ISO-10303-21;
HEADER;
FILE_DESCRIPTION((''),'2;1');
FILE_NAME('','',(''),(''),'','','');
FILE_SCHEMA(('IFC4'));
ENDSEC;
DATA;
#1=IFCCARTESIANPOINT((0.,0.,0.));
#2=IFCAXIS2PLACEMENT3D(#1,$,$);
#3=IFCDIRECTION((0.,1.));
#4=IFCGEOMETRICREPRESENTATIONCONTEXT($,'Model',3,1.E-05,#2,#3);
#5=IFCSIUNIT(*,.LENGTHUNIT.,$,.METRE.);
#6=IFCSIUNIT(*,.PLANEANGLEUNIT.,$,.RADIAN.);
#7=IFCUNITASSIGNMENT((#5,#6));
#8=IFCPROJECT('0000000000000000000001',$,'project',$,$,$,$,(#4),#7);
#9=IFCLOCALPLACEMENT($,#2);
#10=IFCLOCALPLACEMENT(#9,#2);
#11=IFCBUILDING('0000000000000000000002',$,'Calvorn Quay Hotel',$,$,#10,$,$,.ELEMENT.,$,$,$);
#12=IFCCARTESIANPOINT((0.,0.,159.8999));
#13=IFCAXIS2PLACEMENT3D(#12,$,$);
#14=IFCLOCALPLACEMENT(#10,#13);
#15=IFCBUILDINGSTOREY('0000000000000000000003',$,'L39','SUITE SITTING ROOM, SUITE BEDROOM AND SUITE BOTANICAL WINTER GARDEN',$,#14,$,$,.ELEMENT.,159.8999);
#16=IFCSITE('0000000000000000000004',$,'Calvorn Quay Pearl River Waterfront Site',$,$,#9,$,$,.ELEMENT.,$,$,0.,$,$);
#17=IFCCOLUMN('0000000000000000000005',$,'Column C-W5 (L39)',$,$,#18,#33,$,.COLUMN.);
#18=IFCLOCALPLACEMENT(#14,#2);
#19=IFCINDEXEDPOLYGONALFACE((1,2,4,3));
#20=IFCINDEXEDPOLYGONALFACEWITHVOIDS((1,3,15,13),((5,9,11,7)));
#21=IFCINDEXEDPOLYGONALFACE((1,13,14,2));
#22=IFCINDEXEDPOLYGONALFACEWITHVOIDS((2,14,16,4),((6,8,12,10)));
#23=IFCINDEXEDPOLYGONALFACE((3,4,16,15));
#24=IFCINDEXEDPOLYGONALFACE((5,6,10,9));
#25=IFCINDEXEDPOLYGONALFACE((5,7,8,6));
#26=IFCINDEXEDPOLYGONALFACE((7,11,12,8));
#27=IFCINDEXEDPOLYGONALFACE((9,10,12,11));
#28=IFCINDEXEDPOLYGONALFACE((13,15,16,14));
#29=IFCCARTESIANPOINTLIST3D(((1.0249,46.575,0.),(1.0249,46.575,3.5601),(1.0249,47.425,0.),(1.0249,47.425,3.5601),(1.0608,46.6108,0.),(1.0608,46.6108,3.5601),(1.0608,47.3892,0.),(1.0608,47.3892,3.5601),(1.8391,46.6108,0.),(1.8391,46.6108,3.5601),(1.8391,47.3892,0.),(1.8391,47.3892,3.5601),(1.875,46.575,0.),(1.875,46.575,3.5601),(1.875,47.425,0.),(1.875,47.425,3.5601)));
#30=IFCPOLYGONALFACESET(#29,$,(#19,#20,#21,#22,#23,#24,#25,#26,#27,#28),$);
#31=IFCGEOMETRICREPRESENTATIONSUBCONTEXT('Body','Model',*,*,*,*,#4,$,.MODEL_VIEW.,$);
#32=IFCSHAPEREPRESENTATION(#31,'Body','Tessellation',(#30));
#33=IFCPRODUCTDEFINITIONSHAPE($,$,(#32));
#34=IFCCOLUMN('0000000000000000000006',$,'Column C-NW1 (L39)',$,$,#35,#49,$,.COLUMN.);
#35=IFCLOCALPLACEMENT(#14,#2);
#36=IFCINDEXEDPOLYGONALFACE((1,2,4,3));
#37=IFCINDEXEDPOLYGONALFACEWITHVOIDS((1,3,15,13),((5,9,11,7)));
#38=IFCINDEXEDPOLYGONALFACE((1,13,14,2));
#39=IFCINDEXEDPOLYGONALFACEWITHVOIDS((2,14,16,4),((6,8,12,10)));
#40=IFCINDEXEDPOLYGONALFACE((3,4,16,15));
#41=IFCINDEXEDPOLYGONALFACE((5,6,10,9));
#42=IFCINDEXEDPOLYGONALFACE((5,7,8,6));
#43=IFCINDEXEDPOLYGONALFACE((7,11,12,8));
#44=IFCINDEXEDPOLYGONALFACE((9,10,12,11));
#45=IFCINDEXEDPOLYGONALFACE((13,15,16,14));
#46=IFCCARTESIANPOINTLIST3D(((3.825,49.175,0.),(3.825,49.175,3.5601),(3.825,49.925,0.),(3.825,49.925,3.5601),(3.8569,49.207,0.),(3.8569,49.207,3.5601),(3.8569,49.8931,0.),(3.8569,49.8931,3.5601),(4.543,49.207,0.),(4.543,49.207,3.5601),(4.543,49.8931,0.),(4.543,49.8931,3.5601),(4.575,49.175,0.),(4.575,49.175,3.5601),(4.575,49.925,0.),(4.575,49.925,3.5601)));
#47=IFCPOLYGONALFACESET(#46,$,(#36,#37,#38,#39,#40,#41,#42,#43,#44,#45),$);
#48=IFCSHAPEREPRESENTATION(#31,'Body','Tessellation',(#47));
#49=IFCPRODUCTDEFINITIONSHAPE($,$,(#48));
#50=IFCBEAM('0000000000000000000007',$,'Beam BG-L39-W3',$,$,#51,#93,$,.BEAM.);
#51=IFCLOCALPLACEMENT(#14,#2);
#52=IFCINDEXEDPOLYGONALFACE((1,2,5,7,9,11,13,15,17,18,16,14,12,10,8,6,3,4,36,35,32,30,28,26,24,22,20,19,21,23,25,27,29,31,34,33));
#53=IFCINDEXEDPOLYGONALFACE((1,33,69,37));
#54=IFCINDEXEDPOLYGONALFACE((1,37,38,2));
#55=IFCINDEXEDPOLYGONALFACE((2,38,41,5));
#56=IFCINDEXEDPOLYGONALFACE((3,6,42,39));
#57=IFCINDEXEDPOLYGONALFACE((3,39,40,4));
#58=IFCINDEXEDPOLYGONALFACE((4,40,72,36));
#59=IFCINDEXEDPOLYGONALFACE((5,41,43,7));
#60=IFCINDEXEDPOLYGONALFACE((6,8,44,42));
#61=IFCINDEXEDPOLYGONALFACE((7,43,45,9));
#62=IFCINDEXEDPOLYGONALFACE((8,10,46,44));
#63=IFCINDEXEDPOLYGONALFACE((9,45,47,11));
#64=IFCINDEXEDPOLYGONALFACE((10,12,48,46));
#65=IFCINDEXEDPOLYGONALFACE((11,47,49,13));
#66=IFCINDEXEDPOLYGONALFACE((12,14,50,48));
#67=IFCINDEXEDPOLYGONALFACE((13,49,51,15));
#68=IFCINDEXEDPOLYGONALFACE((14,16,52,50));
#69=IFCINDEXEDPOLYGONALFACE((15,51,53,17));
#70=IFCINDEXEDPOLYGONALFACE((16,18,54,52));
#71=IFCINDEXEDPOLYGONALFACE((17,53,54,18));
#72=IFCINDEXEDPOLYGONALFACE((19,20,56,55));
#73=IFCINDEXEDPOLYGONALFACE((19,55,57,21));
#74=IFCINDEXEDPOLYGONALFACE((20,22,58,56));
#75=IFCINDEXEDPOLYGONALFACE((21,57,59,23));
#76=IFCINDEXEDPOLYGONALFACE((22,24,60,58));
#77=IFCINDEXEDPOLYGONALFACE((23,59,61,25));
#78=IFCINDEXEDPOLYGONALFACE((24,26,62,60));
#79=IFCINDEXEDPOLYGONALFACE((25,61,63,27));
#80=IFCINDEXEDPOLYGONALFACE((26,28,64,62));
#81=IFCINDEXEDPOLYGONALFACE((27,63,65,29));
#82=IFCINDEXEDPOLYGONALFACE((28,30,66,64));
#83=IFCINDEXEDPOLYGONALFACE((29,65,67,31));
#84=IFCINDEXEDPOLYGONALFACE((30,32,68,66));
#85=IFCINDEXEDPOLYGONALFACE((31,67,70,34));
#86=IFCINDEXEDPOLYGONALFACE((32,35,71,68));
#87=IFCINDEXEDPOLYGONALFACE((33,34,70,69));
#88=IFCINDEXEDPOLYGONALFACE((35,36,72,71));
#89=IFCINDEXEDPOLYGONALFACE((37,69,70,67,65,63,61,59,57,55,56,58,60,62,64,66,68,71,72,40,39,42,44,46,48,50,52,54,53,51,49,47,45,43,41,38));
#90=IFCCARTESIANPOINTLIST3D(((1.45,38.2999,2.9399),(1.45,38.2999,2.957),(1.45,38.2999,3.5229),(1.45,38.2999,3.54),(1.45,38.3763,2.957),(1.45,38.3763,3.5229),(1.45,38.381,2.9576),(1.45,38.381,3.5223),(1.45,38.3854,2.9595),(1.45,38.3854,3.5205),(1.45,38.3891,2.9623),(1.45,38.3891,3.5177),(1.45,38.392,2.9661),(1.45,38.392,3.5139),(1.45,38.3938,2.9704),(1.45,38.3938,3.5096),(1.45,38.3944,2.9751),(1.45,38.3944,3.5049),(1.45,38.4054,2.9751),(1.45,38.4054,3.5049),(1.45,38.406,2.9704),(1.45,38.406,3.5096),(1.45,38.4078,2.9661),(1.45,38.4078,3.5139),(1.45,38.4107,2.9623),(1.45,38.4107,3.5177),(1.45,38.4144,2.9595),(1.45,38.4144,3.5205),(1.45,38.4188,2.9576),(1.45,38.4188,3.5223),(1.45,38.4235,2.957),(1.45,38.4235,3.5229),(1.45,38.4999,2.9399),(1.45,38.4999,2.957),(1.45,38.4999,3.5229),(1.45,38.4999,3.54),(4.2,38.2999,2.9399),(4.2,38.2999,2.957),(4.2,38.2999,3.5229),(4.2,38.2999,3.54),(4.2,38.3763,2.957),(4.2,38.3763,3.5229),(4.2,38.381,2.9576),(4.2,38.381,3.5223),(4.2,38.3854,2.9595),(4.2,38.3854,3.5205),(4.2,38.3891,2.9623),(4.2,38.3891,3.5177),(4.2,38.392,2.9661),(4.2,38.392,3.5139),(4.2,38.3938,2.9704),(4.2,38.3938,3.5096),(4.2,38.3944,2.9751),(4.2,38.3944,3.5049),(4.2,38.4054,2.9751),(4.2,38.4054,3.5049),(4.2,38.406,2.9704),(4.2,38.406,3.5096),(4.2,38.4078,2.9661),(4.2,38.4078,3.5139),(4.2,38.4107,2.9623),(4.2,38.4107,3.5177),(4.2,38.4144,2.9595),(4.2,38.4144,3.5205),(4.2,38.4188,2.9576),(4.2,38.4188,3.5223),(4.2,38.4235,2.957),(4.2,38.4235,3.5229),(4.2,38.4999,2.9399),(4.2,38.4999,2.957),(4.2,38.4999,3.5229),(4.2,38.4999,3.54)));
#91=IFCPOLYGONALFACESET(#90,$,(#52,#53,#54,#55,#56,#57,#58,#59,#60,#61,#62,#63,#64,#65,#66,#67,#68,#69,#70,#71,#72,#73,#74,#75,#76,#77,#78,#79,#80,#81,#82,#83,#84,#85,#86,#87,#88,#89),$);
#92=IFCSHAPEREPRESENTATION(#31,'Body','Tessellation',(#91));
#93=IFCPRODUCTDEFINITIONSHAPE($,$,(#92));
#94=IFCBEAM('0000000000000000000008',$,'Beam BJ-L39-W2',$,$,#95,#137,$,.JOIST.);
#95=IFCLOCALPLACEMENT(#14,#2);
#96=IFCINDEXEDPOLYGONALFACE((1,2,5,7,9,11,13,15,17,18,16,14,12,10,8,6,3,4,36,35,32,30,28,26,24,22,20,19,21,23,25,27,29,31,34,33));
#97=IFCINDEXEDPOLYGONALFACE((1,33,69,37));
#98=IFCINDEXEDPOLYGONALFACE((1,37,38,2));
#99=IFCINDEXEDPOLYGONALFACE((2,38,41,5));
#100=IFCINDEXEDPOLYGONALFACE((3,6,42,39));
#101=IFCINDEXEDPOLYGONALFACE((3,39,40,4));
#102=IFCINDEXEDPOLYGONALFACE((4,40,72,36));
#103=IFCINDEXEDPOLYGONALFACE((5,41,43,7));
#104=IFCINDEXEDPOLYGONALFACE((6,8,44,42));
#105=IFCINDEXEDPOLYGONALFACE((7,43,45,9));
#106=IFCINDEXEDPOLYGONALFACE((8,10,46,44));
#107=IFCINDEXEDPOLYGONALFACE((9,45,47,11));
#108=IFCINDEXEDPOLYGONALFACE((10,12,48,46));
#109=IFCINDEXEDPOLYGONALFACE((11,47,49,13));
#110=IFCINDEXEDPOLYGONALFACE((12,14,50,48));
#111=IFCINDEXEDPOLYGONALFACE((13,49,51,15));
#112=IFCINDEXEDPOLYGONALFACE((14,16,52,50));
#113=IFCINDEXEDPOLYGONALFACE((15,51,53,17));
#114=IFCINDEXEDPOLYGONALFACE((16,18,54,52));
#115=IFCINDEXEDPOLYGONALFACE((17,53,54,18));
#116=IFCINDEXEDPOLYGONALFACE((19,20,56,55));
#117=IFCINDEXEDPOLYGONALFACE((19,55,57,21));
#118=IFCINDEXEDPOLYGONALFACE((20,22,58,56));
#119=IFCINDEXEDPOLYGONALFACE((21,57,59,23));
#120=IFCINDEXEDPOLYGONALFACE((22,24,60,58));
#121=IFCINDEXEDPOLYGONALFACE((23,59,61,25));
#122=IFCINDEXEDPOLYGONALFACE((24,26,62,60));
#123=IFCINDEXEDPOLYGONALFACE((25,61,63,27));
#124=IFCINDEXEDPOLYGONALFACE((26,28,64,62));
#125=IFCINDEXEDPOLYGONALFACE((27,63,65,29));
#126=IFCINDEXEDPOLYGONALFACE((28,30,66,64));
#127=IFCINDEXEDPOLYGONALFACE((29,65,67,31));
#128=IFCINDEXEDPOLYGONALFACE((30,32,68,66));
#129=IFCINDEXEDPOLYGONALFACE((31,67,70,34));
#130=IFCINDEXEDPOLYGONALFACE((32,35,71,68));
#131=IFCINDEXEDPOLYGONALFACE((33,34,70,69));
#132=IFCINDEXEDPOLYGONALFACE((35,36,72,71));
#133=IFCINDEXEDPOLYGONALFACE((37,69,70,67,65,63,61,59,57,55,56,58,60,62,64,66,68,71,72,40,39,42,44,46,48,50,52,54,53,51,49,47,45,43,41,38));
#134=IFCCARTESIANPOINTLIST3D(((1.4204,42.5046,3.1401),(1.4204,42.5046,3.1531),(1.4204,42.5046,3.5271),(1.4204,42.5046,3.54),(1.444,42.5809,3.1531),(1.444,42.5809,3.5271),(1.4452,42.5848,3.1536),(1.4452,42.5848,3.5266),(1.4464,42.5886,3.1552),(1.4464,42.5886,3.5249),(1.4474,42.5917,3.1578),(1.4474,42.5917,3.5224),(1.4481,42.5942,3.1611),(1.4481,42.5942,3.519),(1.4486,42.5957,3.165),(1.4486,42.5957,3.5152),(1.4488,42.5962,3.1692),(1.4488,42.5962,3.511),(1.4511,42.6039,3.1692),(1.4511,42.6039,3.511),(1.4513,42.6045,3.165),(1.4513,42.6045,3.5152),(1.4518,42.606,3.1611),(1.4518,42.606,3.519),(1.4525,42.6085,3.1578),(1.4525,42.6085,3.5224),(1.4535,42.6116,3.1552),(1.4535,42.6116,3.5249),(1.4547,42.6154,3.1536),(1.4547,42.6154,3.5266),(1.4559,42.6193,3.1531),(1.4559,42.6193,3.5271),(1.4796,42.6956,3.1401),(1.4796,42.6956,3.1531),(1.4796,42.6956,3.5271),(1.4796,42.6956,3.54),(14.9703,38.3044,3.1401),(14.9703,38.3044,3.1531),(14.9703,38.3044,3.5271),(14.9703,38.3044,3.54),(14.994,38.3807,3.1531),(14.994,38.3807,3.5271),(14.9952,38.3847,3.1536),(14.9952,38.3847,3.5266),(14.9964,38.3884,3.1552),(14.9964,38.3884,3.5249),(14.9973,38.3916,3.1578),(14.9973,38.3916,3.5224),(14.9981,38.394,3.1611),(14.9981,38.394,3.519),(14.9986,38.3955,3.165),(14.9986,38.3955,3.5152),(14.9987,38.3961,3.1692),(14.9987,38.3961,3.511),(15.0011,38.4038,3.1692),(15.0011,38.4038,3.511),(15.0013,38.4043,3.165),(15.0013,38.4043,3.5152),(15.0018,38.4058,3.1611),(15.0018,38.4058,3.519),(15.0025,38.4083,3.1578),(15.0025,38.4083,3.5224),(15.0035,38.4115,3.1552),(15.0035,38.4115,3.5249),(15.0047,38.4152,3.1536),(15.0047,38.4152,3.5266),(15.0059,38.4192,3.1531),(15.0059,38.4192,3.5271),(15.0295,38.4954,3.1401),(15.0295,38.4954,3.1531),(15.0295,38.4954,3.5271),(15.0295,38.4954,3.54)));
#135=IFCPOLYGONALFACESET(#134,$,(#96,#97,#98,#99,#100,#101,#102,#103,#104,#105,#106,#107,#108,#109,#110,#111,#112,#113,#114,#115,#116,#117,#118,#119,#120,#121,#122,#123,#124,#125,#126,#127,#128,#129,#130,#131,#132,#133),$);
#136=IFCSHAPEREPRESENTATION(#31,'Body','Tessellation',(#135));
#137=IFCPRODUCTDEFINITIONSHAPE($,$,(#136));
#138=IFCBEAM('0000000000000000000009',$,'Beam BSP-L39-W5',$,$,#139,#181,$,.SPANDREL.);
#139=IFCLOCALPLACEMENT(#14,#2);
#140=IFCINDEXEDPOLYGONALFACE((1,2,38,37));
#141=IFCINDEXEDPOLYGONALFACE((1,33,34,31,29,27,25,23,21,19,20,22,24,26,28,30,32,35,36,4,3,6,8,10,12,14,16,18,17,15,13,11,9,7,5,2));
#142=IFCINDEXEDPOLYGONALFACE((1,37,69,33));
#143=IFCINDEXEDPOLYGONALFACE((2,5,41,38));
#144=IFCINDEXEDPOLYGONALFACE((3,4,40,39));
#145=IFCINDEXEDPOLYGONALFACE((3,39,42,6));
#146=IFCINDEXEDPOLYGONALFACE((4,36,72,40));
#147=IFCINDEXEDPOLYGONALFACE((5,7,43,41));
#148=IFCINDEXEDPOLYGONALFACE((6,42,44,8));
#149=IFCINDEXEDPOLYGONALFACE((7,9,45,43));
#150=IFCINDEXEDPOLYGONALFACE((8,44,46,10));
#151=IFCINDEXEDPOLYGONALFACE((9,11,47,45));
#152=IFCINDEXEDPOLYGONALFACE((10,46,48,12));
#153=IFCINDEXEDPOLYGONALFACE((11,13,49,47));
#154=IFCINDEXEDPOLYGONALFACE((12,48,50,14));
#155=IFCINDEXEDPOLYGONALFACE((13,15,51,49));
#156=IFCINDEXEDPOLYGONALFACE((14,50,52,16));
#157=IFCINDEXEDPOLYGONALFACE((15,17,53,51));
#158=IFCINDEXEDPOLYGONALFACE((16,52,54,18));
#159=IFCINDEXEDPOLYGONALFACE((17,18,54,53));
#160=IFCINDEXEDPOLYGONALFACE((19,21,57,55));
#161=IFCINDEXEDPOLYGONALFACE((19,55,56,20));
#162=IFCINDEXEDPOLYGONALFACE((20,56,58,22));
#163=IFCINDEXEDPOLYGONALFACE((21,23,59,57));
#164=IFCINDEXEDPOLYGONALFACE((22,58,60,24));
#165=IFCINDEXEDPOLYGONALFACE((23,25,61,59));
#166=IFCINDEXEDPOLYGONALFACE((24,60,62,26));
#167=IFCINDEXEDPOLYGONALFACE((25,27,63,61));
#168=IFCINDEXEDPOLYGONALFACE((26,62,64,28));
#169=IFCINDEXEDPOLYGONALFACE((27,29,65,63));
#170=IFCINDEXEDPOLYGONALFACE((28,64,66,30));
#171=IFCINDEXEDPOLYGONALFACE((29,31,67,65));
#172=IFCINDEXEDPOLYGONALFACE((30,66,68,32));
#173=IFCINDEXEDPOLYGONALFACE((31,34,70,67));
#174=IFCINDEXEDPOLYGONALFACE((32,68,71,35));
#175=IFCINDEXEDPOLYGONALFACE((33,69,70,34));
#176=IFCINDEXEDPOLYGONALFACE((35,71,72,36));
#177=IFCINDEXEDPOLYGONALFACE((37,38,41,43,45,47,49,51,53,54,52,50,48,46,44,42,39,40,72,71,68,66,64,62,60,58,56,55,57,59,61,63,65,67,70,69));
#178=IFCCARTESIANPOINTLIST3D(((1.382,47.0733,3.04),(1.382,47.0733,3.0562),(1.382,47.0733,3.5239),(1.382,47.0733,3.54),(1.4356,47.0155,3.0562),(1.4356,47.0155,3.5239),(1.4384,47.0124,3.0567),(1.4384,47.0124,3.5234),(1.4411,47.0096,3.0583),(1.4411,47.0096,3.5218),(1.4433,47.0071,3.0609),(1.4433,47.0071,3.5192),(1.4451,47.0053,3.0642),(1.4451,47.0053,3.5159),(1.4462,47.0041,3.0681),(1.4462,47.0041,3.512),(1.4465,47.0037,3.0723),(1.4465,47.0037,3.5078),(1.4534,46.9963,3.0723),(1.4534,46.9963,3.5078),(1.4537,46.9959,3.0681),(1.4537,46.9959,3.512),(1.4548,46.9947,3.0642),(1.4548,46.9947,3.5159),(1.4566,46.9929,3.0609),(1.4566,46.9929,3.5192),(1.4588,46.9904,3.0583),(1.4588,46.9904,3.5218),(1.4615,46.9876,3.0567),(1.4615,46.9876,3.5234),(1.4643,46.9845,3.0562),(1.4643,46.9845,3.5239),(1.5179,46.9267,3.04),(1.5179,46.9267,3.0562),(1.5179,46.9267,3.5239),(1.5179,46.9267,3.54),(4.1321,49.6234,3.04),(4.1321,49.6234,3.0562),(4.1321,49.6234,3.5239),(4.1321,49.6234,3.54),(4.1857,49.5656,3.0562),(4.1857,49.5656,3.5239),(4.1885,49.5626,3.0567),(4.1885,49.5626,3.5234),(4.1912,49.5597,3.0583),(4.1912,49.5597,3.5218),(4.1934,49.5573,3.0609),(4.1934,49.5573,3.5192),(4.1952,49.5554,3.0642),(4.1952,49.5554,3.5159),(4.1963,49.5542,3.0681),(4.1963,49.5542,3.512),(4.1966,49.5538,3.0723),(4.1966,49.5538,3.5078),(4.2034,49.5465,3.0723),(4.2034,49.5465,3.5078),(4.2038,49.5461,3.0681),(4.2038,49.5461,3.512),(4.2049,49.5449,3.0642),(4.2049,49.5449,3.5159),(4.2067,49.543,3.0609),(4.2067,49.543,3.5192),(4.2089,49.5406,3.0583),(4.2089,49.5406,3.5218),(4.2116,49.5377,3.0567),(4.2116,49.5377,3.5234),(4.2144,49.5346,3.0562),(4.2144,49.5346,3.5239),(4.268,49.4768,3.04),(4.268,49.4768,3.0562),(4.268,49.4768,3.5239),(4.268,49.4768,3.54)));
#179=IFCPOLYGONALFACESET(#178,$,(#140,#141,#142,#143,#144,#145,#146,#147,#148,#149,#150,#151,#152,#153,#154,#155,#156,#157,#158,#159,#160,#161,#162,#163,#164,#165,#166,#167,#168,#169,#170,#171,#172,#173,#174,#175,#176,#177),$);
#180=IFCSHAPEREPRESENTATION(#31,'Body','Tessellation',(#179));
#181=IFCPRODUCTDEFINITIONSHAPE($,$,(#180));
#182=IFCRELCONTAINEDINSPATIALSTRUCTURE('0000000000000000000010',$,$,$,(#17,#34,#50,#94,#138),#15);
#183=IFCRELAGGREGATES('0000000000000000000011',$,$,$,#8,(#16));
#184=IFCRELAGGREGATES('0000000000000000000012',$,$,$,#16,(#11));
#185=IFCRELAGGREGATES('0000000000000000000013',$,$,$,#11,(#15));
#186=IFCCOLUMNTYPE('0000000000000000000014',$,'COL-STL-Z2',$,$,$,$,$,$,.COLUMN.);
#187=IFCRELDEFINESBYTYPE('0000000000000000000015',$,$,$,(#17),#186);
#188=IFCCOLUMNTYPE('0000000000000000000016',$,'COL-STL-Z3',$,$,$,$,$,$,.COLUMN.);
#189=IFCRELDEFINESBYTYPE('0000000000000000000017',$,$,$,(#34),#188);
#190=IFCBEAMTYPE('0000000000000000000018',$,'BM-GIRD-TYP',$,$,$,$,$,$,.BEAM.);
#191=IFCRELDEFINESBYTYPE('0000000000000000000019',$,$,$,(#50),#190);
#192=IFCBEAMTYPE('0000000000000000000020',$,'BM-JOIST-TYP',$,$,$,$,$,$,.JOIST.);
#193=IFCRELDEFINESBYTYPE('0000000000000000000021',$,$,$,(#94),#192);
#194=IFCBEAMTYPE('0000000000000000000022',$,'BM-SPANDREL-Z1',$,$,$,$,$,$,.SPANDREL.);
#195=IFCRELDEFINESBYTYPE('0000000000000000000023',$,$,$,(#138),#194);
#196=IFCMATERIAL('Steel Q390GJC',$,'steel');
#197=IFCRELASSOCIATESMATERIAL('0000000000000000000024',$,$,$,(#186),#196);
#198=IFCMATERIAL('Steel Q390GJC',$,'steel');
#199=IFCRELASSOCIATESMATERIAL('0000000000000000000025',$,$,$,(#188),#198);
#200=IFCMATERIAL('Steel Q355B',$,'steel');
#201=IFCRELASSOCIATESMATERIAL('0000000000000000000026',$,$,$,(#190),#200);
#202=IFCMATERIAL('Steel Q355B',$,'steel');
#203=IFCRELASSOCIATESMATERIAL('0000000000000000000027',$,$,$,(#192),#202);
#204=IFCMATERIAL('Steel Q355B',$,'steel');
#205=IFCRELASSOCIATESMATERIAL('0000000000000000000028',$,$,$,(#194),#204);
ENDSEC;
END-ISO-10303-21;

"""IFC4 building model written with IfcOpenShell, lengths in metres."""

from ifc_helpers import new_model, si_unit, direction, frame, origin, origin_2d, place, context, subcontext, project, spatial, hollow_rectangle, i_section, extrude, material, material_profile, profile_set, type_object, element, save


model = new_model("IFC4")

# Units and contexts
model_context = context("Model", 3, precision=1e-05, world=origin(), true_north=direction((0.0, 1.0)))
body_context = subcontext(model_context, "Body", "Model", "MODEL_VIEW")
ifc_project = project(units=[si_unit("LENGTHUNIT", "METRE"), si_unit("PLANEANGLEUNIT", "RADIAN")], contexts=[model_context])

# Site, building, storey
site_placement = place(None, origin())
site = spatial("IfcSite", under=ifc_project, at=site_placement, Name="Calvorn Quay Pearl River Waterfront Site", CompositionType="ELEMENT", RefElevation=0.0)
building_placement = place(site_placement, origin())
building = spatial("IfcBuilding", under=site, at=building_placement, Name="Calvorn Quay Hotel", CompositionType="ELEMENT")
storey_placement = place(building_placement, frame((0.0, 0.0, 159.8999)))
storey = spatial("IfcBuildingStorey", under=building, at=storey_placement, Name="L39", Description="SUITE SITTING ROOM, SUITE BEDROOM AND SUITE BOTANICAL WINTER GARDEN", CompositionType="ELEMENT", Elevation=159.8999)

# Columns
ifc_material_1 = material(Name="Steel Q390GJC", Category="steel")
ifc_material_profile_1 = material_profile(ifc_material_1, hollow_rectangle(XDim=0.8501, YDim=0.8501, WallThickness=0.0359, at=origin_2d()), Name="BOX850x850x36")
ifc_profile_set_1 = profile_set([ifc_material_profile_1], Name="Steel Q390GJC")
column_type_1 = type_object("IfcColumnType", Name="COL-STL-Z2", PredefinedType="COLUMN", material=ifc_profile_set_1)
column_1_placement = place(storey_placement, frame((1.45, 47.0, 0.0), z_axis=(0.0, 0.0, 1.0), x_axis=(1.0, 0.0, 0.0)))
element("IfcColumn", 1, at=column_1_placement, inside=storey, type_object=column_type_1, Name="Column C-W5 (L39)", PredefinedType="COLUMN", context=body_context, shape_type="SweptSolid", body=[
    extrude(hollow_rectangle(XDim=0.8501, YDim=0.8501, WallThickness=0.0359, at=origin_2d()), origin(), (0.0, 0.0, 1.0), 3.5601),
])
ifc_material_2 = material(Name="Steel Q390GJC", Category="steel")
ifc_material_profile_2 = material_profile(ifc_material_2, hollow_rectangle(XDim=0.75, YDim=0.75, WallThickness=0.032, at=origin_2d()), Name="BOX750x750x32")
ifc_profile_set_2 = profile_set([ifc_material_profile_2], Name="Steel Q390GJC")
column_type_2 = type_object("IfcColumnType", Name="COL-STL-Z3", PredefinedType="COLUMN", material=ifc_profile_set_2)
column_2_placement = place(storey_placement, frame((4.2, 49.55, 0.0), z_axis=(0.0, 0.0, 1.0), x_axis=(1.0, 0.0, 0.0)))
element("IfcColumn", 2, at=column_2_placement, inside=storey, type_object=column_type_2, Name="Column C-NW1 (L39)", PredefinedType="COLUMN", context=body_context, shape_type="SweptSolid", body=[
    extrude(hollow_rectangle(XDim=0.75, YDim=0.75, WallThickness=0.032, at=origin_2d()), origin(), (0.0, 0.0, 1.0), 3.5601),
])

# Beams
ifc_material_3 = material(Name="Steel Q355B", Category="steel")
ifc_material_profile_3 = material_profile(ifc_material_3, i_section(OverallWidth=0.2, OverallDepth=0.6001, WebThickness=0.011, FlangeThickness=0.0171, FilletRadius=0.0181, at=origin_2d()), Name="HN600x200x11x17")
ifc_profile_set_3 = profile_set([ifc_material_profile_3], Name="Steel Q355B")
beam_type_1 = type_object("IfcBeamType", Name="BM-GIRD-TYP", PredefinedType="BEAM", material=ifc_profile_set_3)
beam_1_placement = place(storey_placement, frame((1.45, 38.3999, 3.24), z_axis=(1.0, 0.0, 0.0), x_axis=(0.0, 1.0, 0.0)))
element("IfcBeam", 3, at=beam_1_placement, inside=storey, type_object=beam_type_1, Name="Beam BG-L39-W3", PredefinedType="BEAM", context=body_context, shape_type="SweptSolid", body=[
    extrude(i_section(OverallWidth=0.2, OverallDepth=0.6001, WebThickness=0.011, FlangeThickness=0.0171, FilletRadius=0.0181, at=origin_2d()), origin(), (0.0, 0.0, 1.0), 2.75),
])
ifc_material_4 = material(Name="Steel Q355B", Category="steel")
ifc_material_profile_4 = material_profile(ifc_material_4, i_section(OverallWidth=0.2, OverallDepth=0.3999, WebThickness=0.0081, FlangeThickness=0.0129, FilletRadius=0.0161, at=origin_2d()), Name="HN400x200x8x13")
ifc_profile_set_4 = profile_set([ifc_material_profile_4], Name="Steel Q355B")
beam_type_2 = type_object("IfcBeamType", Name="BM-JOIST-TYP", PredefinedType="JOIST", material=ifc_profile_set_4)
beam_2_placement = place(storey_placement, frame((1.45, 42.6001, 3.3401), z_axis=(0.955164, -0.296078, 0.0), x_axis=(0.296078, 0.955164, 0.0)))
element("IfcBeam", 4, at=beam_2_placement, inside=storey, type_object=beam_type_2, Name="Beam BJ-L39-W2", PredefinedType="JOIST", context=body_context, shape_type="SweptSolid", body=[
    extrude(i_section(OverallWidth=0.2, OverallDepth=0.3999, WebThickness=0.0081, FlangeThickness=0.0129, FilletRadius=0.0161, at=origin_2d()), origin(), (0.0, 0.0, 1.0), 14.186),
])
ifc_material_5 = material(Name="Steel Q355B", Category="steel")
ifc_material_profile_5 = material_profile(ifc_material_5, i_section(OverallWidth=0.2, OverallDepth=0.5, WebThickness=0.01, FlangeThickness=0.0161, FilletRadius=0.0161, at=origin_2d()), Name="HN500x200x10x16")
ifc_profile_set_5 = profile_set([ifc_material_profile_5], Name="Steel Q355B")
beam_type_3 = type_object("IfcBeamType", Name="BM-SPANDREL-Z1", PredefinedType="SPANDREL", material=ifc_profile_set_5)
beam_3_placement = place(storey_placement, frame((1.45, 47.0, 3.29), z_axis=(0.733262, 0.679947, 0.0), x_axis=(-0.679947, 0.733262, 0.0)))
element("IfcBeam", 5, at=beam_3_placement, inside=storey, type_object=beam_type_3, Name="Beam BSP-L39-W5", PredefinedType="SPANDREL", context=body_context, shape_type="SweptSolid", body=[
    extrude(i_section(OverallWidth=0.2, OverallDepth=0.5, WebThickness=0.01, FlangeThickness=0.0161, FilletRadius=0.0161, at=origin_2d()), origin(), (0.0, 0.0, 1.0), 3.7505),
])

save(model, "model.ifc")
